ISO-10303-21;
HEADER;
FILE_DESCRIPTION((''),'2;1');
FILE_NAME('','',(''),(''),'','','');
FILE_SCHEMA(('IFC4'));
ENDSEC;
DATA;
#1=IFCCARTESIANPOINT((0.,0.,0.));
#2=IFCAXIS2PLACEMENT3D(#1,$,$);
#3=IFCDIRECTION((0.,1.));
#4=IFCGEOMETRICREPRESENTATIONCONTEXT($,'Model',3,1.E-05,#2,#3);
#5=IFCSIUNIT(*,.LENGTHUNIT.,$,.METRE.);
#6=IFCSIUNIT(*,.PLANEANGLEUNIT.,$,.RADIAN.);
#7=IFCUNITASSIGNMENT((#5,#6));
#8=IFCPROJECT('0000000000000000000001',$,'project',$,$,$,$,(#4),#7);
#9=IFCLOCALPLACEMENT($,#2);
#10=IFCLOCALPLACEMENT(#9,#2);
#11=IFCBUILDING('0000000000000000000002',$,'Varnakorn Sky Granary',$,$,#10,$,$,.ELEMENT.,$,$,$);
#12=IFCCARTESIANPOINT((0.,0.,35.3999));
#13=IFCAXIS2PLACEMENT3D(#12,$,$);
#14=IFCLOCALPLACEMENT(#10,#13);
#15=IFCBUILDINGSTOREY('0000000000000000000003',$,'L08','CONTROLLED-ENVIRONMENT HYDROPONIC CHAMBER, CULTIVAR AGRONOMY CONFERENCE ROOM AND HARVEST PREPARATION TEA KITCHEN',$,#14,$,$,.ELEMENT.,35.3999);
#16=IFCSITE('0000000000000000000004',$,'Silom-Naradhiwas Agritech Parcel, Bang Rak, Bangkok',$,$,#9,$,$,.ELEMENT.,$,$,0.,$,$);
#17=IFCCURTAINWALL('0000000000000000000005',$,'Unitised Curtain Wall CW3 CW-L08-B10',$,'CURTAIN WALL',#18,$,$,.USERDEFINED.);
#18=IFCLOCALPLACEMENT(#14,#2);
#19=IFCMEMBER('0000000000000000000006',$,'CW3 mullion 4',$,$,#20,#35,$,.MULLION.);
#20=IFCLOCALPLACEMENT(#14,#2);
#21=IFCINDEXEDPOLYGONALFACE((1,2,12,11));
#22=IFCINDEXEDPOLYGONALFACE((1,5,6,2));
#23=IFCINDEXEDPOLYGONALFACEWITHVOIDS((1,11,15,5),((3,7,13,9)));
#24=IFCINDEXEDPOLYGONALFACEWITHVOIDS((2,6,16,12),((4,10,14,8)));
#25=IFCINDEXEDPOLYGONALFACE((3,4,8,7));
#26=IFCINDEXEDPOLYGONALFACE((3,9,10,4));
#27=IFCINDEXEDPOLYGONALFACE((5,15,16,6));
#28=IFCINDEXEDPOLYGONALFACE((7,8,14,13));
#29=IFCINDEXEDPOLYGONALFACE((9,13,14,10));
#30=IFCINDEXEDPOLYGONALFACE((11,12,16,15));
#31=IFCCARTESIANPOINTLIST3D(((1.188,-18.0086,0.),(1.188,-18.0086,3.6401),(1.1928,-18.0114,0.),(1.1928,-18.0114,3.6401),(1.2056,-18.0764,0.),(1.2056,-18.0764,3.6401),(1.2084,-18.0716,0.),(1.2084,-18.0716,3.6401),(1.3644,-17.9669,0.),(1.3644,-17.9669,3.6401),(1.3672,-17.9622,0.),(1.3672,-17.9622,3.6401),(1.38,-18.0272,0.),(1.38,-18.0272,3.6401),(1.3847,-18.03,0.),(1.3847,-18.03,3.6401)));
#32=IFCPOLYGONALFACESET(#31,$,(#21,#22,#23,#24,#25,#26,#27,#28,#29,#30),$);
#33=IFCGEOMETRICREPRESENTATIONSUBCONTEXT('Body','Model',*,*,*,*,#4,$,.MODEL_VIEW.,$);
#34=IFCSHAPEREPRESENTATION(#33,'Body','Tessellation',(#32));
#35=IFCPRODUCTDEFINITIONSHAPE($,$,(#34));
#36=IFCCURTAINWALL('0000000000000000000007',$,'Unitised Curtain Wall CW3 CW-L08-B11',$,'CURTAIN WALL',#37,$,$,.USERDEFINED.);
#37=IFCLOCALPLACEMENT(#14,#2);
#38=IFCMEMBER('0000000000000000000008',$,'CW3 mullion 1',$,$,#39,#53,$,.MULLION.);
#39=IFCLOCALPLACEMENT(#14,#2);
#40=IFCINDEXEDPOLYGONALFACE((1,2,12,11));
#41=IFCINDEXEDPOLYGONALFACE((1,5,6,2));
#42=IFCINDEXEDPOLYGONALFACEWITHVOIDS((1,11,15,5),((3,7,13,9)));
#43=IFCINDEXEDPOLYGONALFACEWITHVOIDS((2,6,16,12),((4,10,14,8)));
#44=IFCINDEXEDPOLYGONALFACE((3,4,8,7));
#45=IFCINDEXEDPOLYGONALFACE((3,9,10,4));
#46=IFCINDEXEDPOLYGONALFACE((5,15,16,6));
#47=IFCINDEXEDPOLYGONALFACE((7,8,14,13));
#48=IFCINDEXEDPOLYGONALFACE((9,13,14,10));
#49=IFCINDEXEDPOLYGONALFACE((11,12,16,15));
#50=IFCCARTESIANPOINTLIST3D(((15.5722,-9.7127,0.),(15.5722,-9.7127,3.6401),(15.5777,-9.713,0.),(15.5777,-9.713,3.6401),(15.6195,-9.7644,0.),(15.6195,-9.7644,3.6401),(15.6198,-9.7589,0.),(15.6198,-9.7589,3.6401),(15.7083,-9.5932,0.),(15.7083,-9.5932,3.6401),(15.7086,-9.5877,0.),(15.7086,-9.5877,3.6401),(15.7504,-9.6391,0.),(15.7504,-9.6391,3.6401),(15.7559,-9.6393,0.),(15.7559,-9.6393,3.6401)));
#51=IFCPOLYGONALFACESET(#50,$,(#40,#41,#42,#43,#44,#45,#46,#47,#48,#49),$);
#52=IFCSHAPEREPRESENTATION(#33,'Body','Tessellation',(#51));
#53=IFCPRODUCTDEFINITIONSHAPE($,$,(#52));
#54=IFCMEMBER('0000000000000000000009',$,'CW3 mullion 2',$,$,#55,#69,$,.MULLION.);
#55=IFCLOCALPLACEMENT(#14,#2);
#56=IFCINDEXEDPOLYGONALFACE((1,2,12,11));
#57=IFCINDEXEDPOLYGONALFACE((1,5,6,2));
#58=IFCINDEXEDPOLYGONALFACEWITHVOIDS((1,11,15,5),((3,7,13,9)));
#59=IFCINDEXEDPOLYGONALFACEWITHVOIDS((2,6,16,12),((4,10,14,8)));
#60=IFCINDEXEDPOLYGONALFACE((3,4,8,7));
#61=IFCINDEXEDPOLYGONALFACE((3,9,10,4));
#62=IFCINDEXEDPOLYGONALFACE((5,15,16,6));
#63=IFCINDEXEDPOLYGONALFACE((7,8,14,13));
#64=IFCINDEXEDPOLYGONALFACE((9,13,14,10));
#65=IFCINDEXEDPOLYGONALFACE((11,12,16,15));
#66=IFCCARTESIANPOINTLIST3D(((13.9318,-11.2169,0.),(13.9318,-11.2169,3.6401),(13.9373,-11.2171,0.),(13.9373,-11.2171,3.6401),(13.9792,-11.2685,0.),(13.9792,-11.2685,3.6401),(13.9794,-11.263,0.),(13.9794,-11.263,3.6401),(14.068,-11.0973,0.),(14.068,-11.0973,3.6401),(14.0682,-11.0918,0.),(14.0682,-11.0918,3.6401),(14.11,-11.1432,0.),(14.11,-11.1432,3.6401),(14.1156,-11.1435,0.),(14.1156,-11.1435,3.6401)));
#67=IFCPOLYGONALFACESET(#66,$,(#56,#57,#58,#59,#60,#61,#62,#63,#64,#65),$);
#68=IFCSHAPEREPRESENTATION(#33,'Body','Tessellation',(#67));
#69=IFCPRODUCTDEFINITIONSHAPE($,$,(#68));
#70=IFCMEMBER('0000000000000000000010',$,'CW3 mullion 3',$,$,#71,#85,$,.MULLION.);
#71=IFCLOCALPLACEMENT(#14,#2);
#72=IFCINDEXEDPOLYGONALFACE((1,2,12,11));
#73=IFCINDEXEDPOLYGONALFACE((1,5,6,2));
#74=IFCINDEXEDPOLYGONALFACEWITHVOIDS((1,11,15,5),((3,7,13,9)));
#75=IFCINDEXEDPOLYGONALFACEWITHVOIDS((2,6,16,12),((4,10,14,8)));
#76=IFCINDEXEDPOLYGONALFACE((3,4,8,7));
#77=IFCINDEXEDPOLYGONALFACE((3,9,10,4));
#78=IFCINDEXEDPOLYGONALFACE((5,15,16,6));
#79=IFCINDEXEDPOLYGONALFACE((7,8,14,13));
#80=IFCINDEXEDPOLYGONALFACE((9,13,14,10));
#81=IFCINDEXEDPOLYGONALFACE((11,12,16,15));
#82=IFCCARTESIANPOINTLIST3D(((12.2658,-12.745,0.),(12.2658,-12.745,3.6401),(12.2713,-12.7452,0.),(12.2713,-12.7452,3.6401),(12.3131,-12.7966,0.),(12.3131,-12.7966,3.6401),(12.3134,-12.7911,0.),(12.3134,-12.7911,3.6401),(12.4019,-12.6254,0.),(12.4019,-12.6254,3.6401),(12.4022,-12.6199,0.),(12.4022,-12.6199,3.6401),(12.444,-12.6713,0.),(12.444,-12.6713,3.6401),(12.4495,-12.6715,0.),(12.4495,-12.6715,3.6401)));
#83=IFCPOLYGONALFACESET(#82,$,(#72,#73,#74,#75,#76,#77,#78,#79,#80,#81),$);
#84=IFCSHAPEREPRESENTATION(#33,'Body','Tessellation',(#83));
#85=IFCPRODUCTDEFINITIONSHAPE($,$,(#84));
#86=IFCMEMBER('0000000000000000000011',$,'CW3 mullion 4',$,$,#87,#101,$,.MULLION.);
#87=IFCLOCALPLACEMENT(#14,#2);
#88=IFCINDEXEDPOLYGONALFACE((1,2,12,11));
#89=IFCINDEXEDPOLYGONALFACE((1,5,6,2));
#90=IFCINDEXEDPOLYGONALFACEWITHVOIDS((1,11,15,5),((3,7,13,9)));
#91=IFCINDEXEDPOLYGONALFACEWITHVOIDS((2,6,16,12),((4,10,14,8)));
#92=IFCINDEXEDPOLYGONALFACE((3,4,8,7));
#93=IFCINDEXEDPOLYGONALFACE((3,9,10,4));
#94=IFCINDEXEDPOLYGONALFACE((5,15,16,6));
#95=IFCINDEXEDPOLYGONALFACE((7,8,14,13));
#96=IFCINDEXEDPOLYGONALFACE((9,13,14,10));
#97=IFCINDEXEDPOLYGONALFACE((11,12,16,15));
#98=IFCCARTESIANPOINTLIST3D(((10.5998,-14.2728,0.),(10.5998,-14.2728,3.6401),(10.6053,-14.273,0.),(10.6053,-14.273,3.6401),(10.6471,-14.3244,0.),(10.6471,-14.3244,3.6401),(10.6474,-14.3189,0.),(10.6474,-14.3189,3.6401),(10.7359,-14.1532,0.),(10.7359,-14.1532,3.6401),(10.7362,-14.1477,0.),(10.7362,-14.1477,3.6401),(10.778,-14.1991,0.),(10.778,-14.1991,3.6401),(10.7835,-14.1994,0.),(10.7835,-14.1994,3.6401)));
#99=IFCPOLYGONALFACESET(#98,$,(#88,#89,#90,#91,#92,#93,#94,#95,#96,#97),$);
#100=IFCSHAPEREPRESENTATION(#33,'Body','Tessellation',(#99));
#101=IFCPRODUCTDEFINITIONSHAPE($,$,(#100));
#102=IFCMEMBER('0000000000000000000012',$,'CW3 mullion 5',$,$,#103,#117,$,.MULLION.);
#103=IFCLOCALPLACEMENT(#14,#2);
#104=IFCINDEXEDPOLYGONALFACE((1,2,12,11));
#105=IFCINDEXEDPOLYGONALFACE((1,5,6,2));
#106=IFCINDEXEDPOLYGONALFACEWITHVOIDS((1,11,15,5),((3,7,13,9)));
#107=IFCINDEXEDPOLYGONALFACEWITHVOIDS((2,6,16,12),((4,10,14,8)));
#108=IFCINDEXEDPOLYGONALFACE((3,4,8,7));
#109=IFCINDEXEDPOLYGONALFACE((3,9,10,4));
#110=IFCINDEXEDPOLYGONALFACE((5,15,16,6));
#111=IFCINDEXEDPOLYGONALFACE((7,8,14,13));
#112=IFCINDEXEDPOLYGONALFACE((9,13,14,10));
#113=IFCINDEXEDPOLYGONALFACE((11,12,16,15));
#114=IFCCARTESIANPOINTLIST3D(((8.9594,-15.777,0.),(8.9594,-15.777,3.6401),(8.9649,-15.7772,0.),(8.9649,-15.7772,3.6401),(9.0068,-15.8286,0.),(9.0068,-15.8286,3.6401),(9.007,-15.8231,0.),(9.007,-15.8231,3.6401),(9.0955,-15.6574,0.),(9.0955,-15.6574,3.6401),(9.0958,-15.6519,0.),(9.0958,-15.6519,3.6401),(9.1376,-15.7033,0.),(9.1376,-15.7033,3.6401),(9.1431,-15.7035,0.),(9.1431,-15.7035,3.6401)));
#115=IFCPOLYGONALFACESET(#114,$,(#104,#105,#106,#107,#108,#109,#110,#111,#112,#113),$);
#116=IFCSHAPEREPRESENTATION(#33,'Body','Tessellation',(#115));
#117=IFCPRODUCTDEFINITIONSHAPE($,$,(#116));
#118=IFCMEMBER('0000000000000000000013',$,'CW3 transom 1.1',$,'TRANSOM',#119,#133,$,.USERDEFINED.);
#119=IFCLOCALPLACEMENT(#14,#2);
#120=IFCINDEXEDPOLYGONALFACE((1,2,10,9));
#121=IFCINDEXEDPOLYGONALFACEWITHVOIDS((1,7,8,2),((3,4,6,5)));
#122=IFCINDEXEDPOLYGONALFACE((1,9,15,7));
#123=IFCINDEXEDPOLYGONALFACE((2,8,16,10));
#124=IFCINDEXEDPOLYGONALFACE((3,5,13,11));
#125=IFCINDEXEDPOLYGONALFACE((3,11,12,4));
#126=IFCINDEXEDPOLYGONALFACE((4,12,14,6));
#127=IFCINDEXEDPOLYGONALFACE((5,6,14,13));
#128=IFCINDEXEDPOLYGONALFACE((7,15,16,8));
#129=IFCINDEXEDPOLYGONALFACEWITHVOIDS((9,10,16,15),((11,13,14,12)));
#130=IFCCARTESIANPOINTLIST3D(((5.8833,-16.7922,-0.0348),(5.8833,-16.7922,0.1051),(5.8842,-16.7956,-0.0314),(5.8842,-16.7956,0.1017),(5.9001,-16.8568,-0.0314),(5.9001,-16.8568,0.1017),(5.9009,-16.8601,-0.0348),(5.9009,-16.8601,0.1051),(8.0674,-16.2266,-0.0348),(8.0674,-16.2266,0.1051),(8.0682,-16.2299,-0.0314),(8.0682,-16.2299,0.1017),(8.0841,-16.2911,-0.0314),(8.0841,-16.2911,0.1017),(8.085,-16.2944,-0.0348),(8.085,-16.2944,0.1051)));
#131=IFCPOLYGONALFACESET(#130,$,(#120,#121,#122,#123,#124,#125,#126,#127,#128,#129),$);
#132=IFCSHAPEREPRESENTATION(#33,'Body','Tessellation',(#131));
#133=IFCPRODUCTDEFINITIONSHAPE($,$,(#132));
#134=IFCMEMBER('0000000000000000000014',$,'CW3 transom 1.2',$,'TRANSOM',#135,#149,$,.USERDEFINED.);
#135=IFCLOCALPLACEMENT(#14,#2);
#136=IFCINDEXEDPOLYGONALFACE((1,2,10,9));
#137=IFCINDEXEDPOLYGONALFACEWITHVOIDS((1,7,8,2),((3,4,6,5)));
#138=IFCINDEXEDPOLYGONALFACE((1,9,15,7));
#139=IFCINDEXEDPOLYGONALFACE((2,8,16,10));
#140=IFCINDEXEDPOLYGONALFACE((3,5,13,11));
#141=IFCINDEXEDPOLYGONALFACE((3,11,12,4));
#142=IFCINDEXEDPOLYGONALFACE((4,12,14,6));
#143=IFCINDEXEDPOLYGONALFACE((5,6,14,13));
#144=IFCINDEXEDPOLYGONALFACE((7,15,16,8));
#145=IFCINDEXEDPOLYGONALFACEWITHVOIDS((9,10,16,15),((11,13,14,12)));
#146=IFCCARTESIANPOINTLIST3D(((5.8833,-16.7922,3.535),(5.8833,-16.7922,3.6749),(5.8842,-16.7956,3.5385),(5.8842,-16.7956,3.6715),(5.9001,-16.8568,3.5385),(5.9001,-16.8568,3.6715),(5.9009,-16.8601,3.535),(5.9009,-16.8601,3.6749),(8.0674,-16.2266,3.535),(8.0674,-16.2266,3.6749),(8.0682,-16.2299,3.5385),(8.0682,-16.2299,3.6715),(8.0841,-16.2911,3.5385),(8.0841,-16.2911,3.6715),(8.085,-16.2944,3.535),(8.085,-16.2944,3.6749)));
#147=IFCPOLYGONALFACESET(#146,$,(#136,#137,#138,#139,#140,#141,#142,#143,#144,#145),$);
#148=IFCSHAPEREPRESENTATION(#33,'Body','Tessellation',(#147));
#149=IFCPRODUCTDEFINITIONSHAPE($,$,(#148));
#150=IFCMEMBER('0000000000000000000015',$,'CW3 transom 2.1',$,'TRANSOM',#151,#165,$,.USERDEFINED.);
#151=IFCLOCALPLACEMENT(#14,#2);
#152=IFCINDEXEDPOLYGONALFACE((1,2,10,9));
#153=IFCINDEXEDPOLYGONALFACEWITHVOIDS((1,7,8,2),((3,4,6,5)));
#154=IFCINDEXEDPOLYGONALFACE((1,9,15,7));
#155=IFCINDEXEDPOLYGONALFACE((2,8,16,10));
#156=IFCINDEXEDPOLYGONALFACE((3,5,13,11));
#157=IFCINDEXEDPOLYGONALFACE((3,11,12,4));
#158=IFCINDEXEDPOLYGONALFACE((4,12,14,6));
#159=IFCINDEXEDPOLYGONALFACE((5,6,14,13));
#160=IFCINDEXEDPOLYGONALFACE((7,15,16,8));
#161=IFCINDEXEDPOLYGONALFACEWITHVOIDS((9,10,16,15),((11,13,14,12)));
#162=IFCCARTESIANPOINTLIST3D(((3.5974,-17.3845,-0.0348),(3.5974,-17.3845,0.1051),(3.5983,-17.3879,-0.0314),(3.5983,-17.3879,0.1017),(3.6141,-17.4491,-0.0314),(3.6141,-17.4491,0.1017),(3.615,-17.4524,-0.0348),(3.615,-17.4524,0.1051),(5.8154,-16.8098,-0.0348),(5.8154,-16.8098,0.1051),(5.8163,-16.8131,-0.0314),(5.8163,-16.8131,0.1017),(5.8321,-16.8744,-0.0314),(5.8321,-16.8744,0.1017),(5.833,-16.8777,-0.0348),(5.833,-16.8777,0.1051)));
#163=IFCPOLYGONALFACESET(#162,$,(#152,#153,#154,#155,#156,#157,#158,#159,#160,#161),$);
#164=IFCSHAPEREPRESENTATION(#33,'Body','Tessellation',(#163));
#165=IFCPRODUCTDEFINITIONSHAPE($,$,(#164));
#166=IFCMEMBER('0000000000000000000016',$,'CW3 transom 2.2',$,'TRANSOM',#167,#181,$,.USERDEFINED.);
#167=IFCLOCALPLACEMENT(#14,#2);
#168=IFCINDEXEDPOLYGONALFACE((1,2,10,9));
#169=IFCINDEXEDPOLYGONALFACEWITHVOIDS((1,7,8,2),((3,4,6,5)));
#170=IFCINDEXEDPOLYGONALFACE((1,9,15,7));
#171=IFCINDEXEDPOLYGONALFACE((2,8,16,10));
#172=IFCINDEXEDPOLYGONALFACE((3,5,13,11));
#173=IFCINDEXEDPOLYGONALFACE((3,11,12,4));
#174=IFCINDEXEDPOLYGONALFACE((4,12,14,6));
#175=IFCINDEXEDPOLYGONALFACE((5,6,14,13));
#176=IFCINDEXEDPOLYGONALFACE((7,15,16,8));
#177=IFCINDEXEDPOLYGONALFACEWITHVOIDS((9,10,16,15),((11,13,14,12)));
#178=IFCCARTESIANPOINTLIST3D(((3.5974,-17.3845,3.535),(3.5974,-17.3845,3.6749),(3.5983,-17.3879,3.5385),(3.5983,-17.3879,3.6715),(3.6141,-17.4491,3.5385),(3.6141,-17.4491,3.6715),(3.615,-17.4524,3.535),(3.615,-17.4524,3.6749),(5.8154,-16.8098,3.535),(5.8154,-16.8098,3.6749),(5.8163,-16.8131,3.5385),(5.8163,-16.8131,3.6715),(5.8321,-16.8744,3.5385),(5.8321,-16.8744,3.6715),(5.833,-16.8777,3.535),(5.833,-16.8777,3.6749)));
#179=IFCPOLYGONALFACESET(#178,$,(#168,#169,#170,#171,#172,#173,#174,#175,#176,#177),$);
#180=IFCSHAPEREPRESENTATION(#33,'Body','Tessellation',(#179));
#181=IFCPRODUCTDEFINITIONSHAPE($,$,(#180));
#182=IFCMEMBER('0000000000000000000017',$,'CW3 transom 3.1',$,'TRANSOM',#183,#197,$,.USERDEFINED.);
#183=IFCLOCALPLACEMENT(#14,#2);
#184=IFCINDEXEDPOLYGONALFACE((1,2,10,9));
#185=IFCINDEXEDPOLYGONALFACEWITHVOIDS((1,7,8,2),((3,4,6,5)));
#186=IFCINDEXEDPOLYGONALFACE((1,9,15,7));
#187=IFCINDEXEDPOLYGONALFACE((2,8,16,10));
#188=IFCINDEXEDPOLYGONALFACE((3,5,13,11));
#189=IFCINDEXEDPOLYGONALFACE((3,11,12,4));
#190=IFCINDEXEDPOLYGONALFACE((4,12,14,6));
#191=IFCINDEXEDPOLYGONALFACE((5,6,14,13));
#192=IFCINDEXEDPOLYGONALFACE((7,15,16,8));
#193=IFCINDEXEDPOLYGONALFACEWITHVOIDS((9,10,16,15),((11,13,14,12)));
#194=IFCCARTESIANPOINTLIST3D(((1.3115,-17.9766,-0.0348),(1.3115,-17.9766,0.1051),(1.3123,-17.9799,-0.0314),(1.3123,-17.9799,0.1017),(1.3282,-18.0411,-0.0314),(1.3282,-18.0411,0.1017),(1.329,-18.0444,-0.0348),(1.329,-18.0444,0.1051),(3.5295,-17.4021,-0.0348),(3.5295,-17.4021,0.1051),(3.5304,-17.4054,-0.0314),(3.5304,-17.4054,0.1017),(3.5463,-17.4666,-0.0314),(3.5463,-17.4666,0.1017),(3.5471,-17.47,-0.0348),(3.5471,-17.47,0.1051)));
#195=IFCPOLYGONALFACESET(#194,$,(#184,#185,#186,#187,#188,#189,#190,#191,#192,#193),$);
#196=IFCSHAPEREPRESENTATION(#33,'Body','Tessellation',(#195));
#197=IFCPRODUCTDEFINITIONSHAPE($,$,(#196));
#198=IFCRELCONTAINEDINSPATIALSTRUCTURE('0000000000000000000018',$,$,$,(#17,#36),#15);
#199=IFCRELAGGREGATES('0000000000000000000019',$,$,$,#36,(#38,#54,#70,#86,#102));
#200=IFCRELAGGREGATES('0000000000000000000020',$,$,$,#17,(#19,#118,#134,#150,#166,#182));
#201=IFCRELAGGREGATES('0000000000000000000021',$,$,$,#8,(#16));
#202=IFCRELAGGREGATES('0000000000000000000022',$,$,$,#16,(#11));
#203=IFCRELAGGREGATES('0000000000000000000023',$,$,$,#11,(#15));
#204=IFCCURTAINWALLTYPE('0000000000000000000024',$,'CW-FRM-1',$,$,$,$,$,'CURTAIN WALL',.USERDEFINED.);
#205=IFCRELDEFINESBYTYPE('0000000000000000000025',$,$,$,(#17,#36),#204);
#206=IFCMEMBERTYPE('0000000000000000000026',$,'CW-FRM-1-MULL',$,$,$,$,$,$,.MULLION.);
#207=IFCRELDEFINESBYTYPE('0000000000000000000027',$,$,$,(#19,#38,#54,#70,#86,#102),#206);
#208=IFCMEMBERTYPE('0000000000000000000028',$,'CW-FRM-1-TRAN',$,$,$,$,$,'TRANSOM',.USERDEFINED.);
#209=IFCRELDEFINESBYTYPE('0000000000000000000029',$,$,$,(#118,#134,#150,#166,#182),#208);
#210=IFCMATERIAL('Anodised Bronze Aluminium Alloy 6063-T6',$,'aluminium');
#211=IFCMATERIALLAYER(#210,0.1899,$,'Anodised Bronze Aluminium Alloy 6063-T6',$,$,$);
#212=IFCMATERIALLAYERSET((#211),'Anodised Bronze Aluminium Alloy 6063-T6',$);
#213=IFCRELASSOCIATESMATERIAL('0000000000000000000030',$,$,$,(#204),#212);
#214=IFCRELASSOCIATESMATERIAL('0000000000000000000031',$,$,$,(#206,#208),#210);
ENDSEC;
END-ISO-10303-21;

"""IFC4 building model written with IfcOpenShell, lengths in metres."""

from ifc_helpers import new_model, si_unit, direction, frame, origin, origin_2d, place, context, subcontext, project, spatial, hollow_rectangle, extrude, material, layer, layer_set, material_profile, profile_set, type_object, element, aggregate, save


model = new_model("IFC4")

# Units and contexts
model_context = context("Model", 3, precision=1e-05, world=origin(), true_north=direction((0.0, 1.0)))
body_context = subcontext(model_context, "Body", "Model", "MODEL_VIEW")
ifc_project = project(units=[si_unit("LENGTHUNIT", "METRE"), si_unit("PLANEANGLEUNIT", "RADIAN")], contexts=[model_context])

# Site, building, storey
site_placement = place(None, origin())
site = spatial("IfcSite", under=ifc_project, at=site_placement, Name="Silom-Naradhiwas Agritech Parcel, Bang Rak, Bangkok", CompositionType="ELEMENT", RefElevation=0.0)
building_placement = place(site_placement, origin())
building = spatial("IfcBuilding", under=site, at=building_placement, Name="Varnakorn Sky Granary", CompositionType="ELEMENT")
storey_placement = place(building_placement, frame((0.0, 0.0, 35.3999)))
storey = spatial("IfcBuildingStorey", under=building, at=storey_placement, Name="L08", Description="CONTROLLED-ENVIRONMENT HYDROPONIC CHAMBER, CULTIVAR AGRONOMY CONFERENCE ROOM AND HARVEST PREPARATION TEA KITCHEN", CompositionType="ELEMENT", Elevation=35.3999)

# Curtain walls, members
ifc_material_1 = material(Name="Anodised Bronze Aluminium Alloy 6063-T6", Category="aluminium")
ifc_layer_1 = layer(ifc_material_1, 0.1899, Name="Anodised Bronze Aluminium Alloy 6063-T6")
ifc_layer_set_1 = layer_set([ifc_layer_1], Name="Anodised Bronze Aluminium Alloy 6063-T6")
curtain_wall_type = type_object("IfcCurtainWallType", Name="CW-FRM-1", ElementType="CURTAIN WALL", PredefinedType="USERDEFINED", material=ifc_layer_set_1)
curtain_wall_1_placement = place(storey_placement, origin())
curtain_wall_1 = element("IfcCurtainWall", 1, at=curtain_wall_1_placement, inside=storey, type_object=curtain_wall_type, Name="Unitised Curtain Wall CW3 CW-L08-B10", ObjectType="CURTAIN WALL", PredefinedType="USERDEFINED")
ifc_material_profile_1 = material_profile(ifc_material_1, hollow_rectangle(XDim=0.0701, YDim=0.1851, WallThickness=0.0039, at=origin_2d()), Name="ALU MULL 70x185")
ifc_profile_set_1 = profile_set([ifc_material_profile_1], Name="Anodised Bronze Aluminium Alloy 6063-T6")
member_type_1 = type_object("IfcMemberType", Name="CW-FRM-1-MULL", PredefinedType="MULLION", material=ifc_profile_set_1)
member_1_placement = place(storey_placement, frame((1.2864, -18.0193, 0.0), z_axis=(0.0, 0.0, 1.0), x_axis=(0.25076, -0.968049, 0.0)))
member_1 = element("IfcMember", 2, at=member_1_placement, type_object=member_type_1, Name="CW3 mullion 4", PredefinedType="MULLION", context=body_context, shape_type="SweptSolid", body=[
    extrude(hollow_rectangle(XDim=0.0701, YDim=0.1851, WallThickness=0.0039, at=origin_2d()), origin(), (0.0, 0.0, 1.0), 3.6401),
])
curtain_wall_2_placement = place(storey_placement, origin())
curtain_wall_2 = element("IfcCurtainWall", 3, at=curtain_wall_2_placement, inside=storey, type_object=curtain_wall_type, Name="Unitised Curtain Wall CW3 CW-L08-B11", ObjectType="CURTAIN WALL", PredefinedType="USERDEFINED")
member_2_placement = place(storey_placement, frame((15.6641, -9.676, 0.0), z_axis=(0.0, 0.0, 1.0), x_axis=(0.675878, -0.737013, 0.0)))
member_2 = element("IfcMember", 4, at=member_2_placement, type_object=member_type_1, Name="CW3 mullion 1", PredefinedType="MULLION", context=body_context, shape_type="SweptSolid", body=[
    extrude(hollow_rectangle(XDim=0.0701, YDim=0.1851, WallThickness=0.0039, at=origin_2d()), origin(), (0.0, 0.0, 1.0), 3.6401),
])
member_3_placement = place(storey_placement, frame((14.0237, -11.1802, 0.0), z_axis=(0.0, 0.0, 1.0), x_axis=(0.675878, -0.737013, 0.0)))
member_3 = element("IfcMember", 5, at=member_3_placement, type_object=member_type_1, Name="CW3 mullion 2", PredefinedType="MULLION", context=body_context, shape_type="SweptSolid", body=[
    extrude(hollow_rectangle(XDim=0.0701, YDim=0.1851, WallThickness=0.0039, at=origin_2d()), origin(), (0.0, 0.0, 1.0), 3.6401),
])
member_4_placement = place(storey_placement, frame((12.3577, -12.7083, 0.0), z_axis=(0.0, 0.0, 1.0), x_axis=(0.675878, -0.737013, 0.0)))
member_4 = element("IfcMember", 6, at=member_4_placement, type_object=member_type_1, Name="CW3 mullion 3", PredefinedType="MULLION", context=body_context, shape_type="SweptSolid", body=[
    extrude(hollow_rectangle(XDim=0.0701, YDim=0.1851, WallThickness=0.0039, at=origin_2d()), origin(), (0.0, 0.0, 1.0), 3.6401),
])
member_5_placement = place(storey_placement, frame((10.6917, -14.2361, 0.0), z_axis=(0.0, 0.0, 1.0), x_axis=(0.675878, -0.737013, 0.0)))
member_5 = element("IfcMember", 7, at=member_5_placement, type_object=member_type_1, Name="CW3 mullion 4", PredefinedType="MULLION", context=body_context, shape_type="SweptSolid", body=[
    extrude(hollow_rectangle(XDim=0.0701, YDim=0.1851, WallThickness=0.0039, at=origin_2d()), origin(), (0.0, 0.0, 1.0), 3.6401),
])
member_6_placement = place(storey_placement, frame((9.0513, -15.7402, 0.0), z_axis=(0.0, 0.0, 1.0), x_axis=(0.675878, -0.737013, 0.0)))
member_6 = element("IfcMember", 8, at=member_6_placement, type_object=member_type_1, Name="CW3 mullion 5", PredefinedType="MULLION", context=body_context, shape_type="SweptSolid", body=[
    extrude(hollow_rectangle(XDim=0.0701, YDim=0.1851, WallThickness=0.0039, at=origin_2d()), origin(), (0.0, 0.0, 1.0), 3.6401),
])

# Members
ifc_material_profile_2 = material_profile(ifc_material_1, hollow_rectangle(XDim=0.0701, YDim=0.1399, WallThickness=0.0034, at=origin_2d()), Name="ALU TRAN 70x140")
ifc_profile_set_2 = profile_set([ifc_material_profile_2], Name="Anodised Bronze Aluminium Alloy 6063-T6")
member_type_2 = type_object("IfcMemberType", Name="CW-FRM-1-TRAN", ElementType="TRANSOM", PredefinedType="USERDEFINED", material=ifc_profile_set_2)
member_7_placement = place(storey_placement, frame((8.0762, -16.2605, 0.0352), z_axis=(-0.968058, -0.250726, 0.0), x_axis=(0.250726, -0.968058, 0.0)))
member_7 = element("IfcMember", 9, at=member_7_placement, type_object=member_type_2, Name="CW3 transom 1.1", ObjectType="TRANSOM", PredefinedType="USERDEFINED", context=body_context, shape_type="SweptSolid", body=[
    extrude(hollow_rectangle(XDim=0.0701, YDim=0.1399, WallThickness=0.0034, at=origin_2d()), origin(), (0.0, 0.0, 1.0), 2.2561),
])
member_8_placement = place(storey_placement, frame((8.0762, -16.2605, 3.605), z_axis=(-0.968058, -0.250726, 0.0), x_axis=(0.250726, -0.968058, 0.0)))
member_8 = element("IfcMember", 10, at=member_8_placement, type_object=member_type_2, Name="CW3 transom 1.2", ObjectType="TRANSOM", PredefinedType="USERDEFINED", context=body_context, shape_type="SweptSolid", body=[
    extrude(hollow_rectangle(XDim=0.0701, YDim=0.1399, WallThickness=0.0034, at=origin_2d()), origin(), (0.0, 0.0, 1.0), 2.2561),
])
member_9_placement = place(storey_placement, frame((5.8242, -16.8438, 0.0352), z_axis=(-0.968032, -0.250825, 0.0), x_axis=(0.250825, -0.968032, 0.0)))
member_9 = element("IfcMember", 11, at=member_9_placement, type_object=member_type_2, Name="CW3 transom 2.1", ObjectType="TRANSOM", PredefinedType="USERDEFINED", context=body_context, shape_type="SweptSolid", body=[
    extrude(hollow_rectangle(XDim=0.0701, YDim=0.1399, WallThickness=0.0034, at=origin_2d()), origin(), (0.0, 0.0, 1.0), 2.2913),
])
member_10_placement = place(storey_placement, frame((5.8242, -16.8438, 3.605), z_axis=(-0.968032, -0.250825, 0.0), x_axis=(0.250825, -0.968032, 0.0)))
member_10 = element("IfcMember", 12, at=member_10_placement, type_object=member_type_2, Name="CW3 transom 2.2", ObjectType="TRANSOM", PredefinedType="USERDEFINED", context=body_context, shape_type="SweptSolid", body=[
    extrude(hollow_rectangle(XDim=0.0701, YDim=0.1399, WallThickness=0.0034, at=origin_2d()), origin(), (0.0, 0.0, 1.0), 2.2913),
])
member_11_placement = place(storey_placement, frame((3.5383, -17.436, 0.0352), z_axis=(-0.968058, -0.250725, 0.0), x_axis=(0.250725, -0.968058, 0.0)))
member_11 = element("IfcMember", 13, at=member_11_placement, type_object=member_type_2, Name="CW3 transom 3.1", ObjectType="TRANSOM", PredefinedType="USERDEFINED", context=body_context, shape_type="SweptSolid", body=[
    extrude(hollow_rectangle(XDim=0.0701, YDim=0.1399, WallThickness=0.0034, at=origin_2d()), origin(), (0.0, 0.0, 1.0), 2.2913),
])

aggregate(curtain_wall_2, [member_2, member_3, member_4, member_5, member_6])
aggregate(curtain_wall_1, [member_1, member_7, member_8, member_9, member_10, member_11])

save(model, "model.ifc")
